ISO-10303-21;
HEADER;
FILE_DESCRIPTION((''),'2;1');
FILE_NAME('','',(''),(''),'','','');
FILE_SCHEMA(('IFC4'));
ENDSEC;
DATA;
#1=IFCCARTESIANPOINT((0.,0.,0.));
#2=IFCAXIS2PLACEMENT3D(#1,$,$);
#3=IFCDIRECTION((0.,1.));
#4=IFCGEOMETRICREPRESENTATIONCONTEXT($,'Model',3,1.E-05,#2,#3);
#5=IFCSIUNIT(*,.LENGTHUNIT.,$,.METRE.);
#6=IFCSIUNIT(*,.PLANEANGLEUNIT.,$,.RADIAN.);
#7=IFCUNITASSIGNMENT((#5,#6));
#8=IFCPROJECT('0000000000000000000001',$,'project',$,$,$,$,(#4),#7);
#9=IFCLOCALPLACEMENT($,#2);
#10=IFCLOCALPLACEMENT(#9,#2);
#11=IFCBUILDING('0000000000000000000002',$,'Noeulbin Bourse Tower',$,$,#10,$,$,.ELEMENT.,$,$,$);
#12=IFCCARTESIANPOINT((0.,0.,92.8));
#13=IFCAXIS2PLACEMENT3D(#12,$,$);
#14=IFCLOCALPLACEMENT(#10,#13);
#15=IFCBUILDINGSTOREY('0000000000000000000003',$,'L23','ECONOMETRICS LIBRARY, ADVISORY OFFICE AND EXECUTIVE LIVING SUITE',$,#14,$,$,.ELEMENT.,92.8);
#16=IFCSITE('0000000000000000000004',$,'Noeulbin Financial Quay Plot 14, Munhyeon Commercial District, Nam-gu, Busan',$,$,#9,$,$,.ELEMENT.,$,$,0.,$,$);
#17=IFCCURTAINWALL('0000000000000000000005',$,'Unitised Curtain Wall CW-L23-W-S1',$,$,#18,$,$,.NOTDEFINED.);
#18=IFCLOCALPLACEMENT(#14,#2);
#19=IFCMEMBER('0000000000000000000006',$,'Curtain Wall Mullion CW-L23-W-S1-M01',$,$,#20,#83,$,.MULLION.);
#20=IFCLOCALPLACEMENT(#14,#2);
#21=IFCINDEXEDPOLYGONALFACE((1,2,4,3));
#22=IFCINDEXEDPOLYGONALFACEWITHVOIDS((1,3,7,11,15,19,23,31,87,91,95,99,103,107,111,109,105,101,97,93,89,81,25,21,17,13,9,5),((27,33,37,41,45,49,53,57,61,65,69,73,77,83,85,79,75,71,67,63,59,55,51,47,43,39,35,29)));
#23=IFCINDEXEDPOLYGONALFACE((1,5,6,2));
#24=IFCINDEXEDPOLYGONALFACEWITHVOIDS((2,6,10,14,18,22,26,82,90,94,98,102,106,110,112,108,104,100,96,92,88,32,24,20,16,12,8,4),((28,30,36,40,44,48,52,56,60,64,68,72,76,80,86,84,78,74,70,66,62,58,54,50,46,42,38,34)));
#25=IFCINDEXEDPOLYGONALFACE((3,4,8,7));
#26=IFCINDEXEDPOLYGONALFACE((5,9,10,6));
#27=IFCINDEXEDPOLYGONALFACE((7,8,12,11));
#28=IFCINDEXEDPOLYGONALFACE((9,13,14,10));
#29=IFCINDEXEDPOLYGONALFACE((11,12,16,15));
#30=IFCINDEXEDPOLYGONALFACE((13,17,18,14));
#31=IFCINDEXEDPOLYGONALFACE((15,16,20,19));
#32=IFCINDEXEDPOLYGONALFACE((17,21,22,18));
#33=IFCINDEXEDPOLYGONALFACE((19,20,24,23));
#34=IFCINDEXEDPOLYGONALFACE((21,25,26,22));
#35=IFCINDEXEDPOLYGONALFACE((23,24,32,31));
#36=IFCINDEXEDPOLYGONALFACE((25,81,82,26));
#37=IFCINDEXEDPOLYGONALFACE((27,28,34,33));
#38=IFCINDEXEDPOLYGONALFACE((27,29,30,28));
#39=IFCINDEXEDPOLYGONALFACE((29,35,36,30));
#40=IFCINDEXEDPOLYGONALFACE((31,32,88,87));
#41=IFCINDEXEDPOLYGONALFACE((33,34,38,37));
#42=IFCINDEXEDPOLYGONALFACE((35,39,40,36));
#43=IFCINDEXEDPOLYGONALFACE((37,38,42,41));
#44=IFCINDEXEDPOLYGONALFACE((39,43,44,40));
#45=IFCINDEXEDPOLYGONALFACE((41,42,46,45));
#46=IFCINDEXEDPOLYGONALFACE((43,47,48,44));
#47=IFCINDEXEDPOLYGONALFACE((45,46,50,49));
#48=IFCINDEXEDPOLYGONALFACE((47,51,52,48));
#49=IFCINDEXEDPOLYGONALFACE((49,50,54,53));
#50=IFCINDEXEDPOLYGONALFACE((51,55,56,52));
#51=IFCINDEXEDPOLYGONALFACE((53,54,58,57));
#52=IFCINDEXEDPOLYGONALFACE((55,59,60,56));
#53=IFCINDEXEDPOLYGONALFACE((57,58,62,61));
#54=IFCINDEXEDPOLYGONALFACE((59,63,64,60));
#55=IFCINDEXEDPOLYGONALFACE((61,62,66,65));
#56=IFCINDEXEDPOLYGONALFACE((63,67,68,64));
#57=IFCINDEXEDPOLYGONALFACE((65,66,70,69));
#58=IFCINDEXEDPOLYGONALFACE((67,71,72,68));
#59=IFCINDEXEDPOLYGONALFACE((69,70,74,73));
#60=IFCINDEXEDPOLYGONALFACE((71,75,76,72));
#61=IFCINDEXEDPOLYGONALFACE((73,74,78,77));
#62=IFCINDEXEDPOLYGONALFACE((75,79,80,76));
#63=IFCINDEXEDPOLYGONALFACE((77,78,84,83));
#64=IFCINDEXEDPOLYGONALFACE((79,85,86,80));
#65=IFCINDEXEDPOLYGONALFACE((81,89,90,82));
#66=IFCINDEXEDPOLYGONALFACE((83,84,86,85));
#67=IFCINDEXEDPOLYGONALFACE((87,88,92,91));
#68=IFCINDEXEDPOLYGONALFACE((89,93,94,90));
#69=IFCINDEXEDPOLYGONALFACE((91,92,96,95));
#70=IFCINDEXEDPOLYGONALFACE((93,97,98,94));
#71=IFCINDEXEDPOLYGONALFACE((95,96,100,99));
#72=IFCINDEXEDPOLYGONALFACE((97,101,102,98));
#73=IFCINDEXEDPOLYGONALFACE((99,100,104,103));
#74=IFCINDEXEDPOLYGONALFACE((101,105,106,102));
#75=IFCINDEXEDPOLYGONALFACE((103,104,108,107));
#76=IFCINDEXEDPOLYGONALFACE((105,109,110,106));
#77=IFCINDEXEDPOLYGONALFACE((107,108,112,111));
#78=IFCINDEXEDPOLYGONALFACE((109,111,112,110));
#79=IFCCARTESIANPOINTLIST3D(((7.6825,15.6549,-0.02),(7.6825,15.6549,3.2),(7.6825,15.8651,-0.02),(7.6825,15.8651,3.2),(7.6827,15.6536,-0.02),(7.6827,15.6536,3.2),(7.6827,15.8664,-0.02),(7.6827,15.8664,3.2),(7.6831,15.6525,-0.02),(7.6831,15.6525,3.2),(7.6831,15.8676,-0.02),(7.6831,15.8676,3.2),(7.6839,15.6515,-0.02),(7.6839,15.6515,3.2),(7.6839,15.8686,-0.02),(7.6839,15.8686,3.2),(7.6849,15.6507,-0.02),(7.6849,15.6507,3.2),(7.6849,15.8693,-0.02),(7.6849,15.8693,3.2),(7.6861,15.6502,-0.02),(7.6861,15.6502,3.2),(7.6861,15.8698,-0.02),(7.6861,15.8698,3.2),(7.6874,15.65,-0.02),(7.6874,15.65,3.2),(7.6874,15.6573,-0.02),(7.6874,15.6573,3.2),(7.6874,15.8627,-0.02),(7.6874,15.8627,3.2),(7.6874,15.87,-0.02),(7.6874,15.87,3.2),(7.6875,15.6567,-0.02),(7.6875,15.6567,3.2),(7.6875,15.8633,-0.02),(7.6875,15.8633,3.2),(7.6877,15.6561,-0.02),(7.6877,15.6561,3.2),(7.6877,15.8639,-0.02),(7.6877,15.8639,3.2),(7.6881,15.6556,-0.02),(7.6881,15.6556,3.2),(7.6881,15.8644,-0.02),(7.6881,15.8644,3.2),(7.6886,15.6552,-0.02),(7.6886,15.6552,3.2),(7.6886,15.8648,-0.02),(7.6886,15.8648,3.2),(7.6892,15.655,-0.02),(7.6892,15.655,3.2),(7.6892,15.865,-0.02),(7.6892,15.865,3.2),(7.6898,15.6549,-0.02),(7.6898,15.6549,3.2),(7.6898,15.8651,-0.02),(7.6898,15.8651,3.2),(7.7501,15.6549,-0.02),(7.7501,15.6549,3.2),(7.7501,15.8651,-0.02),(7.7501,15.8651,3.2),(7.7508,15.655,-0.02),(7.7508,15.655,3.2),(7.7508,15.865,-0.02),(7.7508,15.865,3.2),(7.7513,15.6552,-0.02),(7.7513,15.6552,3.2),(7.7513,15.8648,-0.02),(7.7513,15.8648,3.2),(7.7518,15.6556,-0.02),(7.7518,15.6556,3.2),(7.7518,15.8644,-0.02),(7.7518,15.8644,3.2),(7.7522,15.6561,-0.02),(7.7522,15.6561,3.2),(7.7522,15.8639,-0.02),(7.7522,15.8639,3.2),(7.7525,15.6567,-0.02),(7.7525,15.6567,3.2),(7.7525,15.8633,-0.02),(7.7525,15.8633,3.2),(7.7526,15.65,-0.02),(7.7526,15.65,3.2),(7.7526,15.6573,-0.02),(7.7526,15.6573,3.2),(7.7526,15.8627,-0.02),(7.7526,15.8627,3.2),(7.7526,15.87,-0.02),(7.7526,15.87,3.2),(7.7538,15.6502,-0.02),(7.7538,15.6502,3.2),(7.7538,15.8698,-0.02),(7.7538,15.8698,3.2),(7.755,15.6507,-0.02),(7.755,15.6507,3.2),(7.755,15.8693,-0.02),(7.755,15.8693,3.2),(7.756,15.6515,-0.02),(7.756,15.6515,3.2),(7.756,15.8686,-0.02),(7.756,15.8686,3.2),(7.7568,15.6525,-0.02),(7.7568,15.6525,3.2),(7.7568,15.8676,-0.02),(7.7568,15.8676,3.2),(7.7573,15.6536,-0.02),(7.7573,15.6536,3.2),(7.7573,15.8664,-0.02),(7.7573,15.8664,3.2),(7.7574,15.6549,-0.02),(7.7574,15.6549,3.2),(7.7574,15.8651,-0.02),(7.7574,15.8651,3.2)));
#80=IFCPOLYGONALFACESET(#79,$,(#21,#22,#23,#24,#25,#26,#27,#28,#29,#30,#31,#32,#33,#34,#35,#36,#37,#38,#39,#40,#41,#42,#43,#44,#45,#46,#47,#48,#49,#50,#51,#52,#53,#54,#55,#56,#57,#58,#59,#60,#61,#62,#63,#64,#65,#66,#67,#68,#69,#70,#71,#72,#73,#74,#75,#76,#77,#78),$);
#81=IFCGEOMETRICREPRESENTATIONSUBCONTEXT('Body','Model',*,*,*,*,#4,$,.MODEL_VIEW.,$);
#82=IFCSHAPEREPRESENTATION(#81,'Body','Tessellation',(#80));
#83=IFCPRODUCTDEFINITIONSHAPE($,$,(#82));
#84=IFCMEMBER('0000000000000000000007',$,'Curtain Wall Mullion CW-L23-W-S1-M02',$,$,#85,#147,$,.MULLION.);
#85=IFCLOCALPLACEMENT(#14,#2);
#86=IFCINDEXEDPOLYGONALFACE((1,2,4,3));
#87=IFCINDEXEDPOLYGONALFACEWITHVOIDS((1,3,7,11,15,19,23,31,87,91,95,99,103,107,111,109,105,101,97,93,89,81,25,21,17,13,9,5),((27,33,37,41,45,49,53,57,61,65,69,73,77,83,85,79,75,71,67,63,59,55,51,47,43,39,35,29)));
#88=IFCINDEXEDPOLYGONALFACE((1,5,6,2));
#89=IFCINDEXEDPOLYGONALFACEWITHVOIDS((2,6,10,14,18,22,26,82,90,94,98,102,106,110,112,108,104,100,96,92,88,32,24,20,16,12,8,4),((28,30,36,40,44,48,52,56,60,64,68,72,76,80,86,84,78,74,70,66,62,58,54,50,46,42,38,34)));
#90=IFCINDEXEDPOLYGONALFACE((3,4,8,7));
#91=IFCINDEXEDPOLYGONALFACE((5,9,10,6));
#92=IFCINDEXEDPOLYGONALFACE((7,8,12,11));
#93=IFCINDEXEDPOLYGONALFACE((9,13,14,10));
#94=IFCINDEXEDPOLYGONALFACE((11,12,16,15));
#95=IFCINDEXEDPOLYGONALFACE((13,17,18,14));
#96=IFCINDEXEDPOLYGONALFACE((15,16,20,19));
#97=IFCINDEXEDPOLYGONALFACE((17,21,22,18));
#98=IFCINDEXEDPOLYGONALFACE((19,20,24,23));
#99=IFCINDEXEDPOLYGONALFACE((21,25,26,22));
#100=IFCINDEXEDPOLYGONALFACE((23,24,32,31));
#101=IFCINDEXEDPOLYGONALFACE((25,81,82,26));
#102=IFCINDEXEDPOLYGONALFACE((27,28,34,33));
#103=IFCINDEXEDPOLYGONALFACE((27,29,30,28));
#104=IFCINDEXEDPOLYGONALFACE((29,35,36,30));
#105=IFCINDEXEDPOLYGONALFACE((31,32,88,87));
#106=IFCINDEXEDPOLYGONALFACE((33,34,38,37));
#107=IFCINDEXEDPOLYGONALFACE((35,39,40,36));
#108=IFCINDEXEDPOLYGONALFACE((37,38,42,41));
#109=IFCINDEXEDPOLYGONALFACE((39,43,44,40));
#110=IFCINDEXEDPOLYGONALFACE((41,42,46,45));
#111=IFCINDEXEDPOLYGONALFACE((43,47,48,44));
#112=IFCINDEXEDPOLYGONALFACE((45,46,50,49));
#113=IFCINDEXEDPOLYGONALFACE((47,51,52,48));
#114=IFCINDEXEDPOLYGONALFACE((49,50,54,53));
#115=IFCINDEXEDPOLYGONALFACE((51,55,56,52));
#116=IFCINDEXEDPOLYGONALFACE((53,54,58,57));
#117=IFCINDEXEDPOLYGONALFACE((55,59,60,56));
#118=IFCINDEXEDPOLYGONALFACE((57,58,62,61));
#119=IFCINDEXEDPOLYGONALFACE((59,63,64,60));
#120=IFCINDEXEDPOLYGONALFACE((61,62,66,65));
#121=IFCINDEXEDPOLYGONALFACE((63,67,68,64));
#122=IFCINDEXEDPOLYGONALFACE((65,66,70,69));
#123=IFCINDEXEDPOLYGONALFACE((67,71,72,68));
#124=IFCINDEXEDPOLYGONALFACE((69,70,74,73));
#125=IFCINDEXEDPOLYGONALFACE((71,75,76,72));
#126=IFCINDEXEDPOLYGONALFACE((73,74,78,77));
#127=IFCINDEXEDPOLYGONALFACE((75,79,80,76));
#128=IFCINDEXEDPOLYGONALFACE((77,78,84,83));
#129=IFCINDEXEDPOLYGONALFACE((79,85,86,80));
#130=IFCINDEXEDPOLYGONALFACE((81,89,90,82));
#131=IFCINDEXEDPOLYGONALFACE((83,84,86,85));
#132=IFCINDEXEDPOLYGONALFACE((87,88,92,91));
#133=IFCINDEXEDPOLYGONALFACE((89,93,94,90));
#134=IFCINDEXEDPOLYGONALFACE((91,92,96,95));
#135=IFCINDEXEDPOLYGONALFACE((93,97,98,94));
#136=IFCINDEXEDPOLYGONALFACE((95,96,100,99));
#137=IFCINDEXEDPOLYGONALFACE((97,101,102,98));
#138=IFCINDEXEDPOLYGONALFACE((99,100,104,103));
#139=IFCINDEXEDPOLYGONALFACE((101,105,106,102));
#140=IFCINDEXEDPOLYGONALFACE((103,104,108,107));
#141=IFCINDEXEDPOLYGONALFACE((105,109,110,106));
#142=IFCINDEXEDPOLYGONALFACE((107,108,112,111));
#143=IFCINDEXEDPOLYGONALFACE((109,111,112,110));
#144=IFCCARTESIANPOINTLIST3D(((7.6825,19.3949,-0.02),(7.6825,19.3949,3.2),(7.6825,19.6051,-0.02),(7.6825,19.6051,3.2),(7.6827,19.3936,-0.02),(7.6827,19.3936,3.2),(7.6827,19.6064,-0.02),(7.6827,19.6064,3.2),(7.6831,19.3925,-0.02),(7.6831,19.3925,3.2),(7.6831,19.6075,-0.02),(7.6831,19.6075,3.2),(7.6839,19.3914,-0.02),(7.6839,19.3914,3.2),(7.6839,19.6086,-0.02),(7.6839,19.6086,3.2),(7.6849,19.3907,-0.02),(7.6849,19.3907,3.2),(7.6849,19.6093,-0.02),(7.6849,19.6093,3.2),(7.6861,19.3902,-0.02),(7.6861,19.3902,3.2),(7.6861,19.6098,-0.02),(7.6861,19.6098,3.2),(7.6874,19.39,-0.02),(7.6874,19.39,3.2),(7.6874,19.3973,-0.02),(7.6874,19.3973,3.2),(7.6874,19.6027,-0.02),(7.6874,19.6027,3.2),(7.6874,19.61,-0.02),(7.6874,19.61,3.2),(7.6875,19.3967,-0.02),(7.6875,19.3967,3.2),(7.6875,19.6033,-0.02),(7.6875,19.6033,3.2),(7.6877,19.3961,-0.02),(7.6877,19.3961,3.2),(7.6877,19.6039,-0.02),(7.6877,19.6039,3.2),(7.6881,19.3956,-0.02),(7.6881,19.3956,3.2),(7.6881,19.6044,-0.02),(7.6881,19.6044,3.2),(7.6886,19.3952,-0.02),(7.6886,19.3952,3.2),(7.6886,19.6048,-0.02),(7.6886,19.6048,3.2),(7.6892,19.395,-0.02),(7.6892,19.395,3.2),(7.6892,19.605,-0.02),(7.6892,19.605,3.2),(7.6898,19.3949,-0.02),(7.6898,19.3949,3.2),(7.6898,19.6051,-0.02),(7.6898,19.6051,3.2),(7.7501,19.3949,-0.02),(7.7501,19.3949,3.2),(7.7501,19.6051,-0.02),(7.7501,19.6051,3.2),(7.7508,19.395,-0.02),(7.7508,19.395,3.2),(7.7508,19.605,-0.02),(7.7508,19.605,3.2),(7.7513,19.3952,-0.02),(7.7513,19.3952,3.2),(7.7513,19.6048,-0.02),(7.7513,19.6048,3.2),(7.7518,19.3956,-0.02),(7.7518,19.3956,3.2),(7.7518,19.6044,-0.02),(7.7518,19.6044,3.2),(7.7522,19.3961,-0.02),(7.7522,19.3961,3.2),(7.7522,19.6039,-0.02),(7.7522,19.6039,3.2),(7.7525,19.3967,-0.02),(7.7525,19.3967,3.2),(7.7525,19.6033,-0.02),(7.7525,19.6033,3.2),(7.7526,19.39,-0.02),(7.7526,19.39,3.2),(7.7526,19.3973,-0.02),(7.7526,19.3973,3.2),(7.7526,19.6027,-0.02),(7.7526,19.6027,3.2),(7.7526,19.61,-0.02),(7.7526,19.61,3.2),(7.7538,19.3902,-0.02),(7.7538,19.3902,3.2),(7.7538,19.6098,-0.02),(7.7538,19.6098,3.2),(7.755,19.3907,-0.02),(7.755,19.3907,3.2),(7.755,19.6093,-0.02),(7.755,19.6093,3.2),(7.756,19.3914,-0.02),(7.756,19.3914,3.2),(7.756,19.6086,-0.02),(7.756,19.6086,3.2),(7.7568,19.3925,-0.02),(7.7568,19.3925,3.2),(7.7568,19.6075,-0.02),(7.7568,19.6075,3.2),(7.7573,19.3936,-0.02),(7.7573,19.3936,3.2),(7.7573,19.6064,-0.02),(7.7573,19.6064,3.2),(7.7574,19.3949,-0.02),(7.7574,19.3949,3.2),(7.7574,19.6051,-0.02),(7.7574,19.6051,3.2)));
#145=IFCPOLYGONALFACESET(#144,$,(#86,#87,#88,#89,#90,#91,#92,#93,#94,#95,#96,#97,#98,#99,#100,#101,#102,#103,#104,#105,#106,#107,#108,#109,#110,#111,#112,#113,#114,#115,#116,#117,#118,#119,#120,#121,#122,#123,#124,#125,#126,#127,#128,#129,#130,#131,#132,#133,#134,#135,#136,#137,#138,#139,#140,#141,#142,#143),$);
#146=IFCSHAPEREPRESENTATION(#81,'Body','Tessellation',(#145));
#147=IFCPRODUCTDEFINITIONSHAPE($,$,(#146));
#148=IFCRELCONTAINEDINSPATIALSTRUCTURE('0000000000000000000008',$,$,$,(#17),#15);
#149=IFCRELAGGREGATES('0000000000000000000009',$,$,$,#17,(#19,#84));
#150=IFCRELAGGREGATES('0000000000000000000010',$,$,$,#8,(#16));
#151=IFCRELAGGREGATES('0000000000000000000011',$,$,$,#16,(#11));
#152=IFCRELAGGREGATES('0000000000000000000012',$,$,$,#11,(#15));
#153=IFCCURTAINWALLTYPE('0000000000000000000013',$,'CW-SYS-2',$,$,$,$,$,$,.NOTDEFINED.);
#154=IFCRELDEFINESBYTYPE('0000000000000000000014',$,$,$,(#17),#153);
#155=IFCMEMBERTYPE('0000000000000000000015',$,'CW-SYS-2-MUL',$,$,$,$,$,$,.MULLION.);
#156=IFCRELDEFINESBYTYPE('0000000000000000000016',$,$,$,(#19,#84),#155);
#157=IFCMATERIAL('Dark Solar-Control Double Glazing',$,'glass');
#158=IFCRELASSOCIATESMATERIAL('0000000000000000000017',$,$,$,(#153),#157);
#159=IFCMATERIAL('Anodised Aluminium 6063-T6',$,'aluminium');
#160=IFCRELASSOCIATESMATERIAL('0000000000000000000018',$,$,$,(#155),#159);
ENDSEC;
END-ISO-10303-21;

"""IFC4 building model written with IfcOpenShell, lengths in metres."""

from ifc_helpers import new_model, si_unit, direction, frame, origin, origin_2d, place, context, subcontext, project, spatial, hollow_rectangle, extrude, material, material_profile, profile_set, type_object, element, aggregate, save


model = new_model("IFC4")

# Units and contexts
model_context = context("Model", 3, precision=1e-05, world=origin(), true_north=direction((0.0, 1.0)))
body_context = subcontext(model_context, "Body", "Model", "MODEL_VIEW")
ifc_project = project(units=[si_unit("LENGTHUNIT", "METRE"), si_unit("PLANEANGLEUNIT", "RADIAN")], contexts=[model_context])

# Site, building, storey
site_placement = place(None, origin())
site = spatial("IfcSite", under=ifc_project, at=site_placement, Name="Noeulbin Financial Quay Plot 14, Munhyeon Commercial District, Nam-gu, Busan", CompositionType="ELEMENT", RefElevation=0.0)
building_placement = place(site_placement, origin())
building = spatial("IfcBuilding", under=site, at=building_placement, Name="Noeulbin Bourse Tower", CompositionType="ELEMENT")
storey_placement = place(building_placement, frame((0.0, 0.0, 92.8)))
storey = spatial("IfcBuildingStorey", under=building, at=storey_placement, Name="L23", Description="ECONOMETRICS LIBRARY, ADVISORY OFFICE AND EXECUTIVE LIVING SUITE", CompositionType="ELEMENT", Elevation=92.8)

# Curtain wall, members
ifc_material_1 = material(Name="Dark Solar-Control Double Glazing", Category="glass")
curtain_wall_type = type_object("IfcCurtainWallType", Name="CW-SYS-2", PredefinedType="NOTDEFINED", material=ifc_material_1)
curtain_wall_placement = place(storey_placement, origin())
curtain_wall = element("IfcCurtainWall", 1, at=curtain_wall_placement, inside=storey, type_object=curtain_wall_type, Name="Unitised Curtain Wall CW-L23-W-S1", PredefinedType="NOTDEFINED")
ifc_material_2 = material(Name="Anodised Aluminium 6063-T6", Category="aluminium")
ifc_material_profile_1 = material_profile(ifc_material_2, hollow_rectangle(XDim=0.075, YDim=0.22, WallThickness=0.0049, InnerFilletRadius=0.0024, OuterFilletRadius=0.0049, at=origin_2d()), Name="ALU-MULL-75x220x5", Category="LoadBearing")
ifc_profile_set_1 = profile_set([ifc_material_profile_1], Name="Anodised Aluminium 6063-T6")
member_type_1 = type_object("IfcMemberType", Name="CW-SYS-2-MUL", PredefinedType="MULLION", material=ifc_profile_set_1)
member_1_placement = place(storey_placement, frame((7.72, 15.76, -0.02), z_axis=(0.0, 0.0, 1.0), x_axis=(1.0, 0.0, 0.0)))
member_1 = element("IfcMember", 2, at=member_1_placement, type_object=member_type_1, Name="Curtain Wall Mullion CW-L23-W-S1-M01", PredefinedType="MULLION", context=body_context, shape_type="SweptSolid", body=[
    extrude(hollow_rectangle(XDim=0.075, YDim=0.22, WallThickness=0.0049, InnerFilletRadius=0.0024, OuterFilletRadius=0.0049, at=origin_2d()), origin(), (0.0, 0.0, 1.0), 3.22),
])
member_2_placement = place(storey_placement, frame((7.72, 19.5, -0.02), z_axis=(0.0, 0.0, 1.0), x_axis=(1.0, 0.0, 0.0)))
member_2 = element("IfcMember", 3, at=member_2_placement, type_object=member_type_1, Name="Curtain Wall Mullion CW-L23-W-S1-M02", PredefinedType="MULLION", context=body_context, shape_type="SweptSolid", body=[
    extrude(hollow_rectangle(XDim=0.075, YDim=0.22, WallThickness=0.0049, InnerFilletRadius=0.0024, OuterFilletRadius=0.0049, at=origin_2d()), origin(), (0.0, 0.0, 1.0), 3.22),
])
aggregate(curtain_wall, [member_1, member_2])

save(model, "model.ifc")
